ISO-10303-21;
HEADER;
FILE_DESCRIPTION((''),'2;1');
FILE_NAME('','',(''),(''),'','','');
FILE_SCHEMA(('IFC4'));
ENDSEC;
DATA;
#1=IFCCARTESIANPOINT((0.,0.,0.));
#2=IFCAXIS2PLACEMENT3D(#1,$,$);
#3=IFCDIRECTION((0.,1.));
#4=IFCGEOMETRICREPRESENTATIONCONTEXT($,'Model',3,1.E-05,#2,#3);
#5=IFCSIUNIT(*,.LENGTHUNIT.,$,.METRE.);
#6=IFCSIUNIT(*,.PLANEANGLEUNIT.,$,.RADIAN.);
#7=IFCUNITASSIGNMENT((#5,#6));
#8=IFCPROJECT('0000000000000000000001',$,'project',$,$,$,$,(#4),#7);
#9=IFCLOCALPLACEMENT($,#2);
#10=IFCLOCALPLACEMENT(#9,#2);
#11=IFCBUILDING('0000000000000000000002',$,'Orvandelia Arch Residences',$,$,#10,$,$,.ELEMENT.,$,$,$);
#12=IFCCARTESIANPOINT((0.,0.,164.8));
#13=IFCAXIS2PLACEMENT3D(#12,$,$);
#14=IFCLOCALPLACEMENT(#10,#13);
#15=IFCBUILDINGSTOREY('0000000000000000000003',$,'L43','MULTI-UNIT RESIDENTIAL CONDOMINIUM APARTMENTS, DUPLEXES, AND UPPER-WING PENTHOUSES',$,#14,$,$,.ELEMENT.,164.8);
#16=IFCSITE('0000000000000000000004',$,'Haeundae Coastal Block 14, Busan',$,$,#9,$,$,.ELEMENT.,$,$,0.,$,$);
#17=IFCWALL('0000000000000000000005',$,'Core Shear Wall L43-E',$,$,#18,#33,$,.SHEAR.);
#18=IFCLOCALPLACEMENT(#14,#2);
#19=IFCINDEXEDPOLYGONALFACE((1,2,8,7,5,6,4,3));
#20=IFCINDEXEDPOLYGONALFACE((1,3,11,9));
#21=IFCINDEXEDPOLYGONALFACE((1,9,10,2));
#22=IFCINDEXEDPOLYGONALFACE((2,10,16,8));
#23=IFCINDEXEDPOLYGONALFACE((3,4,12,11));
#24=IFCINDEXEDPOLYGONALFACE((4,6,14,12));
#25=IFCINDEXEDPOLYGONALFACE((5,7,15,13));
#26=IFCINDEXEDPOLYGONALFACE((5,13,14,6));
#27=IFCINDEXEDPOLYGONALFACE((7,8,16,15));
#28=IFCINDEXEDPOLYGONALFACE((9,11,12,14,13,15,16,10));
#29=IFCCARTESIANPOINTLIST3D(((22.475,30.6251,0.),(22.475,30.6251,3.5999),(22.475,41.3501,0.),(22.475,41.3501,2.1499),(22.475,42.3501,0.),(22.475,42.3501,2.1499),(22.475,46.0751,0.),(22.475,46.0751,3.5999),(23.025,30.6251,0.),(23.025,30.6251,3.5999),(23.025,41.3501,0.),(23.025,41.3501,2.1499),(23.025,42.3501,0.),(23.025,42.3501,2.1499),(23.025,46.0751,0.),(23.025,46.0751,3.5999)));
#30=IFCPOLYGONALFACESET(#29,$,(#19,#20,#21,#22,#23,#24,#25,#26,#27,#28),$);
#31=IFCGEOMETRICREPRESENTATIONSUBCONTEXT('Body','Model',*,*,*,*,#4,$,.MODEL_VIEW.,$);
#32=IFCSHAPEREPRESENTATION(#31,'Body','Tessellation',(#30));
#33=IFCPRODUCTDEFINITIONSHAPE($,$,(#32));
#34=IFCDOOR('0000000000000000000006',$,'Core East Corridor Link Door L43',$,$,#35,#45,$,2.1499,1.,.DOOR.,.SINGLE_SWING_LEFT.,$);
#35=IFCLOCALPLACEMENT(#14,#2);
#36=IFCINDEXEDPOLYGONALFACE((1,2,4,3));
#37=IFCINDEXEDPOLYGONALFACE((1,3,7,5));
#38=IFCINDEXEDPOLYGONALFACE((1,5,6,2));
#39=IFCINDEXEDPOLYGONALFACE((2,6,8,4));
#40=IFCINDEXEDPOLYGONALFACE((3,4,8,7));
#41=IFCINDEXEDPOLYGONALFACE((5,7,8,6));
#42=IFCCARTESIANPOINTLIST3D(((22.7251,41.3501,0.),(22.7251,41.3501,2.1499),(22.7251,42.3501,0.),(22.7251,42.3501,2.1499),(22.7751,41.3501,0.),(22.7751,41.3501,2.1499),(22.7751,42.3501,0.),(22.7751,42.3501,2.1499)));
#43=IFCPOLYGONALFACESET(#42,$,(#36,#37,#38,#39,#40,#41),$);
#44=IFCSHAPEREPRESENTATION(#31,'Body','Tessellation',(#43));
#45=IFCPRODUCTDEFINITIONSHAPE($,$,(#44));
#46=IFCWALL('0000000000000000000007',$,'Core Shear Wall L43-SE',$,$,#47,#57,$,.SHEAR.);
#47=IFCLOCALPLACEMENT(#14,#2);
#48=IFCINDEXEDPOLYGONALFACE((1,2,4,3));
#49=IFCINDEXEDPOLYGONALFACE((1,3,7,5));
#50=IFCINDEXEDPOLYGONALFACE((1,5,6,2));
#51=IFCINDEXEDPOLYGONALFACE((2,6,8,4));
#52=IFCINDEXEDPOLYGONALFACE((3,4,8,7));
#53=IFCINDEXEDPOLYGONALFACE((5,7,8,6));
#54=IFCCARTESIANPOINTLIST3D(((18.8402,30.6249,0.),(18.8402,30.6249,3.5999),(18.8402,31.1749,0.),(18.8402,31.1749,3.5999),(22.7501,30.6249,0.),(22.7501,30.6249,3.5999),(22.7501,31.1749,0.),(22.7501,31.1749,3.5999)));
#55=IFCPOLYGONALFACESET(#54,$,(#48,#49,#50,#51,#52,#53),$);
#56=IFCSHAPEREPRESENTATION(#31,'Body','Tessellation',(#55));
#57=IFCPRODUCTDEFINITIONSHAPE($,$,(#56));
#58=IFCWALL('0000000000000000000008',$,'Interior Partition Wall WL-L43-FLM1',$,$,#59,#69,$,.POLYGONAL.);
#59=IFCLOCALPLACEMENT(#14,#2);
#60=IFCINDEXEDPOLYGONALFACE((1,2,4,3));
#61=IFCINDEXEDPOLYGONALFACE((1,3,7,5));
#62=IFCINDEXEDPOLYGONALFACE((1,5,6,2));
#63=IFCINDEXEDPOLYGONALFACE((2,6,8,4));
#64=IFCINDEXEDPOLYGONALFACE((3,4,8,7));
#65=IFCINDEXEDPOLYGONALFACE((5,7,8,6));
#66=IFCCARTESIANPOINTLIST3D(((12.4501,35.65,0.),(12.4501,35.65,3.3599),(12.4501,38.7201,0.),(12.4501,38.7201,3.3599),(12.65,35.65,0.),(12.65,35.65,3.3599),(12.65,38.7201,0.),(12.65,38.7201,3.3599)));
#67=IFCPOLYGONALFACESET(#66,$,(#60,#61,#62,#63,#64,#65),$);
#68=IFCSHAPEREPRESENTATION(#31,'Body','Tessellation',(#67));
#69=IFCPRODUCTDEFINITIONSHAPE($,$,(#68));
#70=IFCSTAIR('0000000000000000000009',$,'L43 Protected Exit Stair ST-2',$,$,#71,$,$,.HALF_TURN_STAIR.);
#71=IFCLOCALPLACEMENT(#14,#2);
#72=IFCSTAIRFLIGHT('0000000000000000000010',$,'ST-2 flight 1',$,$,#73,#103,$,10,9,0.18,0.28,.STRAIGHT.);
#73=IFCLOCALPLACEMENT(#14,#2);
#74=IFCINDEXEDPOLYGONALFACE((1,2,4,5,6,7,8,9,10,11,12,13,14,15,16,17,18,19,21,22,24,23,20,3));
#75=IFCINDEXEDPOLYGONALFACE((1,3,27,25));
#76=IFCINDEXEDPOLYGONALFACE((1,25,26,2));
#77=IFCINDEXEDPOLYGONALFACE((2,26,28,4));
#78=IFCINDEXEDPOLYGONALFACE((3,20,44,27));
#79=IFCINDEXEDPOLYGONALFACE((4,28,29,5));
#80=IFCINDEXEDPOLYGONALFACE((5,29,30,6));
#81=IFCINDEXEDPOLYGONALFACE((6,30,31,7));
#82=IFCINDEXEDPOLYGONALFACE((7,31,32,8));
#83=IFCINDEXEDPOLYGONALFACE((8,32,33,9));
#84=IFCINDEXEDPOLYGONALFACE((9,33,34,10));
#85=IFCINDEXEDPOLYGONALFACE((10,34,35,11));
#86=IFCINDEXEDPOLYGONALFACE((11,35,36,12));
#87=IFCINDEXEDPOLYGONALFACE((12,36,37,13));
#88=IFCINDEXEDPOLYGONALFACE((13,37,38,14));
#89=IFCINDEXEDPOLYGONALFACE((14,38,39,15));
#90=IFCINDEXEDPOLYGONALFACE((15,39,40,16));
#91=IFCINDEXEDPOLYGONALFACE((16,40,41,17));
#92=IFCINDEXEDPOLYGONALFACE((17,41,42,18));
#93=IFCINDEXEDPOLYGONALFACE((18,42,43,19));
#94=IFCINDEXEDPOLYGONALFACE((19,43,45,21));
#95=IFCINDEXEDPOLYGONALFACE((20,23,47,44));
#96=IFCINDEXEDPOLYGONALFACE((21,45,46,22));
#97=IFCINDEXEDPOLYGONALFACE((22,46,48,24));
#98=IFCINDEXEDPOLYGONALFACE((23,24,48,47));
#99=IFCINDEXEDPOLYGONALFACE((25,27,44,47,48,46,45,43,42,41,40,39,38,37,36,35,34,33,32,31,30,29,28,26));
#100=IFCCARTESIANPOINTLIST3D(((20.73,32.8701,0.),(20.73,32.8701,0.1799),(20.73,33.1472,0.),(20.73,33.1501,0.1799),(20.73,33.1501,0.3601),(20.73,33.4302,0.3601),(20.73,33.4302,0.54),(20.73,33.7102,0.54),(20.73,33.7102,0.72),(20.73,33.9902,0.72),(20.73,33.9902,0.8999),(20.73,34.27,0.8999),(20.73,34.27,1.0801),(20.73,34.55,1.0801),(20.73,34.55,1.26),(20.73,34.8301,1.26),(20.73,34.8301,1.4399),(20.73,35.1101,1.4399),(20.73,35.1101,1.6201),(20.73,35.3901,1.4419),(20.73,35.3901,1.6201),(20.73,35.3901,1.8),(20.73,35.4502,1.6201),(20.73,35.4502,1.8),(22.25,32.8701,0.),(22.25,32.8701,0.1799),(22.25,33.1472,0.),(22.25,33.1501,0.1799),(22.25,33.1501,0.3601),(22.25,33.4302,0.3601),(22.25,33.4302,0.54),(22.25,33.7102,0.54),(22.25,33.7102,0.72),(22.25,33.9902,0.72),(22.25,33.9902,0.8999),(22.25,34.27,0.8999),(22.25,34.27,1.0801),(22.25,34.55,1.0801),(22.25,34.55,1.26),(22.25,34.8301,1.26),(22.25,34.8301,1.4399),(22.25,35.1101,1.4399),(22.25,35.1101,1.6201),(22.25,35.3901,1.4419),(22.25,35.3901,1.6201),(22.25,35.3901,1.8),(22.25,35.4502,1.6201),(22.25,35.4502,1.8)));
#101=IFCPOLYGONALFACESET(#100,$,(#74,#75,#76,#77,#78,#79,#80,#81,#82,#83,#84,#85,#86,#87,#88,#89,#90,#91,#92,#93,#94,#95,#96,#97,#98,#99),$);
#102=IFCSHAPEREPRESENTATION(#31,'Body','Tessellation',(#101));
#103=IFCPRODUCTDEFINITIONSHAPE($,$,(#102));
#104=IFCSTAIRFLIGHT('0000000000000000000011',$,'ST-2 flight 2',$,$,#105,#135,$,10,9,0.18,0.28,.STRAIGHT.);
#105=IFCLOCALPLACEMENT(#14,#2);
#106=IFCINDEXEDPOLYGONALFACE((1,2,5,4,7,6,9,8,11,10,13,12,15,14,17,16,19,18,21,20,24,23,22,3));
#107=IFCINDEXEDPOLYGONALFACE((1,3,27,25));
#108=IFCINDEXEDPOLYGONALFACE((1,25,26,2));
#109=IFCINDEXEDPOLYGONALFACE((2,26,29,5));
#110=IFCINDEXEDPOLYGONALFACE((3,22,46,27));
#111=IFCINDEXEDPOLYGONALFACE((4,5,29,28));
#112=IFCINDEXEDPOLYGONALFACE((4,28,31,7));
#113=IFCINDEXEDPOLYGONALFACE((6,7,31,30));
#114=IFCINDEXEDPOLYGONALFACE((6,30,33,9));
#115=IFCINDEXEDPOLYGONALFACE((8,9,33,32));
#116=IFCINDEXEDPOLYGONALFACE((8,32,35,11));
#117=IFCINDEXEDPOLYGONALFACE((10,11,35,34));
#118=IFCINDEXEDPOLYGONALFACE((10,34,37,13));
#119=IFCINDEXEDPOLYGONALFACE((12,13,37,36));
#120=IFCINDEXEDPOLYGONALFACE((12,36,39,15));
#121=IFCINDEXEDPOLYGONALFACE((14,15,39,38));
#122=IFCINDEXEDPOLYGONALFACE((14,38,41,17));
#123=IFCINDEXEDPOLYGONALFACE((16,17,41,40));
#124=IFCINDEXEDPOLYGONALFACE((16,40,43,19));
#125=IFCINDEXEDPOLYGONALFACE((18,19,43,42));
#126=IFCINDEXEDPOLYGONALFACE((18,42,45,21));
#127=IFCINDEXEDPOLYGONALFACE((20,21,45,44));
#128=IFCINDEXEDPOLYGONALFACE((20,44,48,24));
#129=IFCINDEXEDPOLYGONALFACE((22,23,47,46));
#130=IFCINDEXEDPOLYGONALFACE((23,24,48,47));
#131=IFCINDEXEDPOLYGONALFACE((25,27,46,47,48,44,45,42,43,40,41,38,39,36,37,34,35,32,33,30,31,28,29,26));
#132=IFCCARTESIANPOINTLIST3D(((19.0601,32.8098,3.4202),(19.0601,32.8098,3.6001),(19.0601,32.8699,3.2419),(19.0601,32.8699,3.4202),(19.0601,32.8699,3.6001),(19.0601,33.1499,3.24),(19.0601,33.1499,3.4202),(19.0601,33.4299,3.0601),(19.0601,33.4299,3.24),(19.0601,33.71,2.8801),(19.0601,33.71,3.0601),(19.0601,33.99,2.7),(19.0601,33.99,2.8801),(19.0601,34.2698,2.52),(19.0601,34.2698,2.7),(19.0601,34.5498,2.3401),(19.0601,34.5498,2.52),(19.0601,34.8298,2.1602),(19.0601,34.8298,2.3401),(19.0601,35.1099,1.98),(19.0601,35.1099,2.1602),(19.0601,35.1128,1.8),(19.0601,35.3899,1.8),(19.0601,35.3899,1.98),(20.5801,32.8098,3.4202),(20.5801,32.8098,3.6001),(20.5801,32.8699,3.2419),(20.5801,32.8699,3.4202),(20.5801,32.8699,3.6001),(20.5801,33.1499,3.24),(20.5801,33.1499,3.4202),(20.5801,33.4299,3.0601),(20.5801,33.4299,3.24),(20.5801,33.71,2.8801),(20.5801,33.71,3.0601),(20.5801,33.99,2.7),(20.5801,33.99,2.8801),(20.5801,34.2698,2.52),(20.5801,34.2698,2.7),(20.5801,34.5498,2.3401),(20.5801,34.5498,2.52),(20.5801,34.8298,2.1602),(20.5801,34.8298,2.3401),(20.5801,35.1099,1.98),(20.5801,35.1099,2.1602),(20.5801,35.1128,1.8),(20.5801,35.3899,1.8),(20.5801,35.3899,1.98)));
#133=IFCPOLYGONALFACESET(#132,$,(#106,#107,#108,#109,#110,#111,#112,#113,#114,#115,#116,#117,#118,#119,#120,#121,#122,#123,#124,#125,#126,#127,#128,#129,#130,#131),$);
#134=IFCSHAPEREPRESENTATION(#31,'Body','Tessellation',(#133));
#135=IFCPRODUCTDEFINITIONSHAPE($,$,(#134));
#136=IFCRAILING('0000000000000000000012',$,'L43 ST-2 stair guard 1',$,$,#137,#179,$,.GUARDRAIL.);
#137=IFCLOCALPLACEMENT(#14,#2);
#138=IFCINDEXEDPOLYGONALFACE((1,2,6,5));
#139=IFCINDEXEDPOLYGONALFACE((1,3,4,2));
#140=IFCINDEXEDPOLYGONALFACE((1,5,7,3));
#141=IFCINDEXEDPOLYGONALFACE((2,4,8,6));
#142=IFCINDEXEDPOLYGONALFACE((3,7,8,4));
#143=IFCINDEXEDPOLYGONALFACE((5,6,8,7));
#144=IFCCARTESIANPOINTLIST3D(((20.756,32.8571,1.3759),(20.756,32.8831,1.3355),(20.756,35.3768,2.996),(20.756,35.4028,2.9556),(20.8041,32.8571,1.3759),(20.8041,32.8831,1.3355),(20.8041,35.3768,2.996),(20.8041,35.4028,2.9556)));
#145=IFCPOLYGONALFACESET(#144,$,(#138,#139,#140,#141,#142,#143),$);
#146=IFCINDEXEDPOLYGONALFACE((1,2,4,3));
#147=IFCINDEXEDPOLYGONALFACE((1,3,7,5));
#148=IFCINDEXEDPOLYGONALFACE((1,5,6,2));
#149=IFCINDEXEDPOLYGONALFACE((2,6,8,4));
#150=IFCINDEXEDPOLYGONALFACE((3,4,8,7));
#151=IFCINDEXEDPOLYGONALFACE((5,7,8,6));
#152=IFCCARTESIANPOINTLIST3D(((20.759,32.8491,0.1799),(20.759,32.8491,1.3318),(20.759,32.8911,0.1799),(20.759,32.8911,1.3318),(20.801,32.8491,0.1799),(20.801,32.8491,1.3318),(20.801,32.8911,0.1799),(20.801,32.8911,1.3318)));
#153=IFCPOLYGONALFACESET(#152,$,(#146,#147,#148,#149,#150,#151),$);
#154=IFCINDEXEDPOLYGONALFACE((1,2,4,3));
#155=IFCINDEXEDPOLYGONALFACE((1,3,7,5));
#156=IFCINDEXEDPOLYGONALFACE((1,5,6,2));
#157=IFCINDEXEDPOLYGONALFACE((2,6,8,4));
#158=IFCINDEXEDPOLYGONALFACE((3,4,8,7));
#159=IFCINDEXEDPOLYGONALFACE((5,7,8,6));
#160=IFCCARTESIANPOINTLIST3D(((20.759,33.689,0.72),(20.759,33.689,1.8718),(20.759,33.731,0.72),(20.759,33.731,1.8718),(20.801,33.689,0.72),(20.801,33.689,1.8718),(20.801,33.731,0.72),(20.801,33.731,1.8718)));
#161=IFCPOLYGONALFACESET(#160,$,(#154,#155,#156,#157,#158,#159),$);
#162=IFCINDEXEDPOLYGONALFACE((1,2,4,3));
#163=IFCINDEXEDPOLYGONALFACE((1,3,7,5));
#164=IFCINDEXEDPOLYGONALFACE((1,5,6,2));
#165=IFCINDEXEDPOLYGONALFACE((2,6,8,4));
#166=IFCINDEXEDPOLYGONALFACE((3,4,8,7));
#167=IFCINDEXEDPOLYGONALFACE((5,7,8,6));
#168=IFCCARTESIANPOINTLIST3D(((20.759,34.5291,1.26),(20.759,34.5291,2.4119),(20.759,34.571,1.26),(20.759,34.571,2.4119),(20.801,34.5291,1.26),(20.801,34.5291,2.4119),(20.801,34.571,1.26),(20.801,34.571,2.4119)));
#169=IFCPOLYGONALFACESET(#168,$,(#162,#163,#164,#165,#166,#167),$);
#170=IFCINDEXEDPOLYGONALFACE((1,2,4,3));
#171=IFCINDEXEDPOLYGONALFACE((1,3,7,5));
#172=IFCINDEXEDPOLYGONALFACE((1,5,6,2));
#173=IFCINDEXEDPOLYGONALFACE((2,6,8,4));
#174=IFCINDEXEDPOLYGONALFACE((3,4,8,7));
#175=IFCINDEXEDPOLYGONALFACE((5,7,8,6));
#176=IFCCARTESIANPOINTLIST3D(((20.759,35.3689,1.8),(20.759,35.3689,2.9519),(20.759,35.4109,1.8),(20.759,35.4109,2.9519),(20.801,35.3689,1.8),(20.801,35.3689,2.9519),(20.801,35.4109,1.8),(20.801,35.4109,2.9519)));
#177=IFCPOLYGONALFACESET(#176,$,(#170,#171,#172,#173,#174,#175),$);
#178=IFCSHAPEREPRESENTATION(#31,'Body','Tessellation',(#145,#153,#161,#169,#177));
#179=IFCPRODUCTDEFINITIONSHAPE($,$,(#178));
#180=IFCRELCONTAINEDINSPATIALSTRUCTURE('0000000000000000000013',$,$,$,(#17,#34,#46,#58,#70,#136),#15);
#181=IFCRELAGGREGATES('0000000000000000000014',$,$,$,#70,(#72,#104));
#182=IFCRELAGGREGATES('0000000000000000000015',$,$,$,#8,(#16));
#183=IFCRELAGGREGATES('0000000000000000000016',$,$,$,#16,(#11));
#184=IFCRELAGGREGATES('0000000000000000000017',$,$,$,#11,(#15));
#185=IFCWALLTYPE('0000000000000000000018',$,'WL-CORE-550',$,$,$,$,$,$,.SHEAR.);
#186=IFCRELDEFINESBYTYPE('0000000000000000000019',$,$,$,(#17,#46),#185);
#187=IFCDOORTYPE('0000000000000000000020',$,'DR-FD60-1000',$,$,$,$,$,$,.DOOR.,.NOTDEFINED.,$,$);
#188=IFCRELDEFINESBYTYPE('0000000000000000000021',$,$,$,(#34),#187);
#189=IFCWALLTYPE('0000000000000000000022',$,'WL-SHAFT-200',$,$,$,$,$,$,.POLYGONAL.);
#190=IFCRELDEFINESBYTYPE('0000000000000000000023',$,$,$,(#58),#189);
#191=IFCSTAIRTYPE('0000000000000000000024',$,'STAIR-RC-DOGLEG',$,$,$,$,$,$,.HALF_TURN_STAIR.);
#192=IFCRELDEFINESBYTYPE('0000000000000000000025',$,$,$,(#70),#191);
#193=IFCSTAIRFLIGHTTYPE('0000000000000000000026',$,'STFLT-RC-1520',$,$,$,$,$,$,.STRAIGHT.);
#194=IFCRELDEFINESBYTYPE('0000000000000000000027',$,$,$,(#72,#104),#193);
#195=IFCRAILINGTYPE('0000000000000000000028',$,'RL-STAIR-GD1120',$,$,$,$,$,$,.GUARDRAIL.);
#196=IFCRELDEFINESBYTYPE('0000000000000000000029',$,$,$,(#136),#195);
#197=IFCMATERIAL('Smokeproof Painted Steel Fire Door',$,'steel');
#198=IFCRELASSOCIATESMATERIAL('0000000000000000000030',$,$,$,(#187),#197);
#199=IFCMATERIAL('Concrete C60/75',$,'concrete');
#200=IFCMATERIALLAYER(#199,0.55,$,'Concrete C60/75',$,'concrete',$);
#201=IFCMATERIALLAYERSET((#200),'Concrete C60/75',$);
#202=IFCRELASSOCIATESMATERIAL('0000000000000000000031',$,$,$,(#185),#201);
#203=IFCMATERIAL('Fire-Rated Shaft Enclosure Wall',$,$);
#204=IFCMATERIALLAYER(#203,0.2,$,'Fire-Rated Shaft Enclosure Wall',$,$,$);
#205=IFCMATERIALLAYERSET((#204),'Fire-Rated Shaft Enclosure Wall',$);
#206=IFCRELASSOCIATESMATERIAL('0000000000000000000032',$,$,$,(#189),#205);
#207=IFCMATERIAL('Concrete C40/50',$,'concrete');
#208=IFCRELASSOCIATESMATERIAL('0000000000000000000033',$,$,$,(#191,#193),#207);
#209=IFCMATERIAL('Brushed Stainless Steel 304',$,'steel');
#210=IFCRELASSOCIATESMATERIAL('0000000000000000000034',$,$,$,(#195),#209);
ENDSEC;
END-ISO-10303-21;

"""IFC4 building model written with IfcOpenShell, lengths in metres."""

from ifc_helpers import new_model, si_unit, direction, frame, frame_2d, origin, origin_2d, place, context, subcontext, project, spatial, polyline, rectangle, outline, extrude, material, layer, layer_set, type_object, element, fill, aggregate, save


model = new_model("IFC4")

# Units and contexts
model_context = context("Model", 3, precision=1e-05, world=origin(), true_north=direction((0.0, 1.0)))
body_context = subcontext(model_context, "Body", "Model", "MODEL_VIEW")
ifc_project = project(units=[si_unit("LENGTHUNIT", "METRE"), si_unit("PLANEANGLEUNIT", "RADIAN")], contexts=[model_context])

# Site, building, storey
site_placement = place(None, origin())
site = spatial("IfcSite", under=ifc_project, at=site_placement, Name="Haeundae Coastal Block 14, Busan", CompositionType="ELEMENT", RefElevation=0.0)
building_placement = place(site_placement, origin())
building = spatial("IfcBuilding", under=site, at=building_placement, Name="Orvandelia Arch Residences", CompositionType="ELEMENT")
storey_placement = place(building_placement, frame((0.0, 0.0, 164.8)))
storey = spatial("IfcBuildingStorey", under=building, at=storey_placement, Name="L43", Description="MULTI-UNIT RESIDENTIAL CONDOMINIUM APARTMENTS, DUPLEXES, AND UPPER-WING PENTHOUSES", CompositionType="ELEMENT", Elevation=164.8)

# Shared definitions
ifc_material_1 = material(Name="Concrete C60/75", Category="concrete")

# Shared definitions
ifc_material_2 = material(Name="Smokeproof Painted Steel Fire Door", Category="steel")
door_type_1 = type_object("IfcDoorType", Name="DR-FD60-1000", OperationType="NOTDEFINED", PredefinedType="DOOR", material=ifc_material_2)

# Wall, opening, door
ifc_layer_1 = layer(ifc_material_1, 0.55, Name="Concrete C60/75", Category="concrete")
ifc_layer_set_1 = layer_set([ifc_layer_1], Name="Concrete C60/75")
wall_type_1 = type_object("IfcWallType", Name="WL-CORE-550", PredefinedType="SHEAR", material=ifc_layer_set_1)
wall_1_placement = place(storey_placement, frame((22.75, 30.625, 0.0), z_axis=(0.0, 0.0, 1.0), x_axis=(0.0, 1.0, 0.0)))
wall_1 = element("IfcWall", 1, at=wall_1_placement, inside=storey, type_object=wall_type_1, Name="Core Shear Wall L43-E", PredefinedType="SHEAR", context=body_context, shape_type="SweptSolid", body=[
    extrude(rectangle(XDim=15.45, YDim=0.55, at=frame_2d((7.7251, 0.0))), origin(), (0.0, 0.0, 1.0), 3.5999),
])
opening_1_placement = place(wall_1_placement, frame((10.7251, 0.0, 0.0)))
opening_1 = element("IfcOpeningElement", 2, at=opening_1_placement, cuts=wall_1, PredefinedType="OPENING", context=body_context, shape_type="SweptSolid", body=[
    extrude(rectangle(XDim=1.0, YDim=2.1499, at=frame_2d((0.5, 1.075))), frame((0.0, 0.2852, 0.0), z_axis=(0.0, -1.0, 0.0), x_axis=(1.0, 0.0, 0.0)), (0.0, 0.0, 1.0), 0.5701),
])
door_1_placement = place(opening_1_placement, origin())
door_1 = element("IfcDoor", 3, at=door_1_placement, inside=storey, type_object=door_type_1, Name="Core East Corridor Link Door L43", OperationType="SINGLE_SWING_LEFT", OverallHeight=2.1499, OverallWidth=1.0, PredefinedType="DOOR", context=body_context, shape_type="SweptSolid", body=[
    extrude(rectangle(XDim=1.0, YDim=2.1499, at=frame_2d((0.5, 1.075))), frame((0.0, 0.0249, 0.0), z_axis=(0.0, -1.0, 0.0), x_axis=(1.0, 0.0, 0.0)), (0.0, 0.0, 1.0), 0.05),
])
fill(opening_1, door_1)

# Walls
wall_2_placement = place(storey_placement, frame((18.8401, 30.8999, 0.0), z_axis=(0.0, 0.0, 1.0), x_axis=(1.0, 0.0, 0.0)))
element("IfcWall", 4, at=wall_2_placement, inside=storey, type_object=wall_type_1, Name="Core Shear Wall L43-SE", PredefinedType="SHEAR", context=body_context, shape_type="SweptSolid", body=[
    extrude(rectangle(XDim=3.9099, YDim=0.55, at=frame_2d((1.9551, 0.0))), origin(), (0.0, 0.0, 1.0), 3.5999),
])
ifc_material_3 = material(Name="Fire-Rated Shaft Enclosure Wall")
ifc_layer_2 = layer(ifc_material_3, 0.2, Name="Fire-Rated Shaft Enclosure Wall")
ifc_layer_set_2 = layer_set([ifc_layer_2], Name="Fire-Rated Shaft Enclosure Wall")
wall_type_2 = type_object("IfcWallType", Name="WL-SHAFT-200", PredefinedType="POLYGONAL", material=ifc_layer_set_2)
wall_3_placement = place(storey_placement, frame((12.55, 35.6499, 0.0), z_axis=(0.0, 0.0, 1.0), x_axis=(0.0, 1.0, 0.0)))
element("IfcWall", 5, at=wall_3_placement, inside=storey, type_object=wall_type_2, Name="Interior Partition Wall WL-L43-FLM1", PredefinedType="POLYGONAL", context=body_context, shape_type="SweptSolid", body=[
    extrude(rectangle(XDim=3.0701, YDim=0.2, at=frame_2d((1.5352, 0.0))), origin(), (0.0, 0.0, 1.0), 3.3599),
])

# Stair, stair flights
ifc_material_4 = material(Name="Concrete C40/50", Category="concrete")
stair_type = type_object("IfcStairType", Name="STAIR-RC-DOGLEG", PredefinedType="HALF_TURN_STAIR", material=ifc_material_4)
stair_placement = place(storey_placement, origin())
stair = element("IfcStair", 6, at=stair_placement, inside=storey, type_object=stair_type, Name="L43 Protected Exit Stair ST-2", PredefinedType="HALF_TURN_STAIR")
stair_flight_type = type_object("IfcStairFlightType", Name="STFLT-RC-1520", PredefinedType="STRAIGHT", material=ifc_material_4)
stair_flight_1_placement = place(storey_placement, frame((21.49, 32.8701, 0.0), z_axis=(0.0, 0.0, 1.0), x_axis=(0.0, 1.0, 0.0)))
stair_flight_1 = element("IfcStairFlight", 7, at=stair_flight_1_placement, type_object=stair_flight_type, Name="ST-2 flight 1", NumberOfRisers=10, NumberOfTreads=9, PredefinedType="STRAIGHT", RiserHeight=0.18, TreadLength=0.28, context=body_context, shape_type="SweptSolid", body=[
    extrude(outline(polyline([(0.0, 0.0), (0.0, 0.1799), (0.28, 0.1799), (0.28, 0.3601), (0.5601, 0.3601), (0.5601, 0.54), (0.8401, 0.54), (0.8401, 0.72), (1.1201, 0.72), (1.1201, 0.8999), (1.3999, 0.8999), (1.3999, 1.0801), (1.6799, 1.0801), (1.6799, 1.26), (1.96, 1.26), (1.96, 1.4399), (2.24, 1.4399), (2.24, 1.6201), (2.52, 1.6201), (2.52, 1.8), (2.5801, 1.8), (2.5801, 1.6201), (2.52, 1.4419), (0.2771, 0.0), (0.0, 0.0)])), frame((0.0, 0.76, 0.0), z_axis=(0.0, -1.0, 0.0), x_axis=(1.0, 0.0, 0.0)), (0.0, 0.0, 1.0), 1.52),
])
stair_flight_2_placement = place(storey_placement, frame((19.8201, 35.3899, 1.8), z_axis=(0.0, 0.0, 1.0), x_axis=(0.0, -1.0, 0.0)))
stair_flight_2 = element("IfcStairFlight", 8, at=stair_flight_2_placement, type_object=stair_flight_type, Name="ST-2 flight 2", NumberOfRisers=10, NumberOfTreads=9, PredefinedType="STRAIGHT", RiserHeight=0.18, TreadLength=0.28, context=body_context, shape_type="SweptSolid", body=[
    extrude(outline(polyline([(0.0, 0.0), (0.0, 0.1799), (0.28, 0.1799), (0.28, 0.3601), (0.5601, 0.3601), (0.5601, 0.54), (0.8401, 0.54), (0.8401, 0.72), (1.1201, 0.72), (1.1201, 0.8999), (1.3999, 0.8999), (1.3999, 1.0801), (1.6799, 1.0801), (1.6799, 1.26), (1.96, 1.26), (1.96, 1.4399), (2.24, 1.4399), (2.24, 1.6201), (2.52, 1.6201), (2.52, 1.8), (2.5801, 1.8), (2.5801, 1.6201), (2.52, 1.4419), (0.2771, 0.0), (0.0, 0.0)])), frame((0.0, 0.76, 0.0), z_axis=(0.0, -1.0, 0.0), x_axis=(1.0, 0.0, 0.0)), (0.0, 0.0, 1.0), 1.52),
])
aggregate(stair, [stair_flight_1, stair_flight_2])

# Railing
ifc_material_5 = material(Name="Brushed Stainless Steel 304", Category="steel")
railing_type_1 = type_object("IfcRailingType", Name="RL-STAIR-GD1120", PredefinedType="GUARDRAIL", material=ifc_material_5)
railing_1_placement = place(storey_placement, frame((20.78, 32.8701, 0.1799)))
element("IfcRailing", 9, at=railing_1_placement, inside=storey, type_object=railing_type_1, Name="L43 ST-2 stair guard 1", PredefinedType="GUARDRAIL", context=body_context, shape_type="SweptSolid", body=[
    extrude(rectangle(XDim=0.0481, YDim=0.0481, at=origin_2d()), frame((0.0, 0.0, 1.1758), z_axis=(0.0, 0.841139, 0.540819), x_axis=(-1.0, 0.0, 0.0)), (0.0, 0.0, 1.0), 2.9956),
    extrude(rectangle(XDim=0.042, YDim=0.042, at=origin_2d()), origin(), (0.0, 0.0, 1.0), 1.1519),
    extrude(rectangle(XDim=0.042, YDim=0.042, at=origin_2d()), frame((0.0, 0.8398, 0.54)), (0.0, 0.0, 1.0), 1.1519),
    extrude(rectangle(XDim=0.042, YDim=0.042, at=origin_2d()), frame((0.0, 1.6799, 1.0801)), (0.0, 0.0, 1.0), 1.1519),
    extrude(rectangle(XDim=0.042, YDim=0.042, at=origin_2d()), frame((0.0, 2.5198, 1.6201)), (0.0, 0.0, 1.0), 1.1519),
])

save(model, "model.ifc")
